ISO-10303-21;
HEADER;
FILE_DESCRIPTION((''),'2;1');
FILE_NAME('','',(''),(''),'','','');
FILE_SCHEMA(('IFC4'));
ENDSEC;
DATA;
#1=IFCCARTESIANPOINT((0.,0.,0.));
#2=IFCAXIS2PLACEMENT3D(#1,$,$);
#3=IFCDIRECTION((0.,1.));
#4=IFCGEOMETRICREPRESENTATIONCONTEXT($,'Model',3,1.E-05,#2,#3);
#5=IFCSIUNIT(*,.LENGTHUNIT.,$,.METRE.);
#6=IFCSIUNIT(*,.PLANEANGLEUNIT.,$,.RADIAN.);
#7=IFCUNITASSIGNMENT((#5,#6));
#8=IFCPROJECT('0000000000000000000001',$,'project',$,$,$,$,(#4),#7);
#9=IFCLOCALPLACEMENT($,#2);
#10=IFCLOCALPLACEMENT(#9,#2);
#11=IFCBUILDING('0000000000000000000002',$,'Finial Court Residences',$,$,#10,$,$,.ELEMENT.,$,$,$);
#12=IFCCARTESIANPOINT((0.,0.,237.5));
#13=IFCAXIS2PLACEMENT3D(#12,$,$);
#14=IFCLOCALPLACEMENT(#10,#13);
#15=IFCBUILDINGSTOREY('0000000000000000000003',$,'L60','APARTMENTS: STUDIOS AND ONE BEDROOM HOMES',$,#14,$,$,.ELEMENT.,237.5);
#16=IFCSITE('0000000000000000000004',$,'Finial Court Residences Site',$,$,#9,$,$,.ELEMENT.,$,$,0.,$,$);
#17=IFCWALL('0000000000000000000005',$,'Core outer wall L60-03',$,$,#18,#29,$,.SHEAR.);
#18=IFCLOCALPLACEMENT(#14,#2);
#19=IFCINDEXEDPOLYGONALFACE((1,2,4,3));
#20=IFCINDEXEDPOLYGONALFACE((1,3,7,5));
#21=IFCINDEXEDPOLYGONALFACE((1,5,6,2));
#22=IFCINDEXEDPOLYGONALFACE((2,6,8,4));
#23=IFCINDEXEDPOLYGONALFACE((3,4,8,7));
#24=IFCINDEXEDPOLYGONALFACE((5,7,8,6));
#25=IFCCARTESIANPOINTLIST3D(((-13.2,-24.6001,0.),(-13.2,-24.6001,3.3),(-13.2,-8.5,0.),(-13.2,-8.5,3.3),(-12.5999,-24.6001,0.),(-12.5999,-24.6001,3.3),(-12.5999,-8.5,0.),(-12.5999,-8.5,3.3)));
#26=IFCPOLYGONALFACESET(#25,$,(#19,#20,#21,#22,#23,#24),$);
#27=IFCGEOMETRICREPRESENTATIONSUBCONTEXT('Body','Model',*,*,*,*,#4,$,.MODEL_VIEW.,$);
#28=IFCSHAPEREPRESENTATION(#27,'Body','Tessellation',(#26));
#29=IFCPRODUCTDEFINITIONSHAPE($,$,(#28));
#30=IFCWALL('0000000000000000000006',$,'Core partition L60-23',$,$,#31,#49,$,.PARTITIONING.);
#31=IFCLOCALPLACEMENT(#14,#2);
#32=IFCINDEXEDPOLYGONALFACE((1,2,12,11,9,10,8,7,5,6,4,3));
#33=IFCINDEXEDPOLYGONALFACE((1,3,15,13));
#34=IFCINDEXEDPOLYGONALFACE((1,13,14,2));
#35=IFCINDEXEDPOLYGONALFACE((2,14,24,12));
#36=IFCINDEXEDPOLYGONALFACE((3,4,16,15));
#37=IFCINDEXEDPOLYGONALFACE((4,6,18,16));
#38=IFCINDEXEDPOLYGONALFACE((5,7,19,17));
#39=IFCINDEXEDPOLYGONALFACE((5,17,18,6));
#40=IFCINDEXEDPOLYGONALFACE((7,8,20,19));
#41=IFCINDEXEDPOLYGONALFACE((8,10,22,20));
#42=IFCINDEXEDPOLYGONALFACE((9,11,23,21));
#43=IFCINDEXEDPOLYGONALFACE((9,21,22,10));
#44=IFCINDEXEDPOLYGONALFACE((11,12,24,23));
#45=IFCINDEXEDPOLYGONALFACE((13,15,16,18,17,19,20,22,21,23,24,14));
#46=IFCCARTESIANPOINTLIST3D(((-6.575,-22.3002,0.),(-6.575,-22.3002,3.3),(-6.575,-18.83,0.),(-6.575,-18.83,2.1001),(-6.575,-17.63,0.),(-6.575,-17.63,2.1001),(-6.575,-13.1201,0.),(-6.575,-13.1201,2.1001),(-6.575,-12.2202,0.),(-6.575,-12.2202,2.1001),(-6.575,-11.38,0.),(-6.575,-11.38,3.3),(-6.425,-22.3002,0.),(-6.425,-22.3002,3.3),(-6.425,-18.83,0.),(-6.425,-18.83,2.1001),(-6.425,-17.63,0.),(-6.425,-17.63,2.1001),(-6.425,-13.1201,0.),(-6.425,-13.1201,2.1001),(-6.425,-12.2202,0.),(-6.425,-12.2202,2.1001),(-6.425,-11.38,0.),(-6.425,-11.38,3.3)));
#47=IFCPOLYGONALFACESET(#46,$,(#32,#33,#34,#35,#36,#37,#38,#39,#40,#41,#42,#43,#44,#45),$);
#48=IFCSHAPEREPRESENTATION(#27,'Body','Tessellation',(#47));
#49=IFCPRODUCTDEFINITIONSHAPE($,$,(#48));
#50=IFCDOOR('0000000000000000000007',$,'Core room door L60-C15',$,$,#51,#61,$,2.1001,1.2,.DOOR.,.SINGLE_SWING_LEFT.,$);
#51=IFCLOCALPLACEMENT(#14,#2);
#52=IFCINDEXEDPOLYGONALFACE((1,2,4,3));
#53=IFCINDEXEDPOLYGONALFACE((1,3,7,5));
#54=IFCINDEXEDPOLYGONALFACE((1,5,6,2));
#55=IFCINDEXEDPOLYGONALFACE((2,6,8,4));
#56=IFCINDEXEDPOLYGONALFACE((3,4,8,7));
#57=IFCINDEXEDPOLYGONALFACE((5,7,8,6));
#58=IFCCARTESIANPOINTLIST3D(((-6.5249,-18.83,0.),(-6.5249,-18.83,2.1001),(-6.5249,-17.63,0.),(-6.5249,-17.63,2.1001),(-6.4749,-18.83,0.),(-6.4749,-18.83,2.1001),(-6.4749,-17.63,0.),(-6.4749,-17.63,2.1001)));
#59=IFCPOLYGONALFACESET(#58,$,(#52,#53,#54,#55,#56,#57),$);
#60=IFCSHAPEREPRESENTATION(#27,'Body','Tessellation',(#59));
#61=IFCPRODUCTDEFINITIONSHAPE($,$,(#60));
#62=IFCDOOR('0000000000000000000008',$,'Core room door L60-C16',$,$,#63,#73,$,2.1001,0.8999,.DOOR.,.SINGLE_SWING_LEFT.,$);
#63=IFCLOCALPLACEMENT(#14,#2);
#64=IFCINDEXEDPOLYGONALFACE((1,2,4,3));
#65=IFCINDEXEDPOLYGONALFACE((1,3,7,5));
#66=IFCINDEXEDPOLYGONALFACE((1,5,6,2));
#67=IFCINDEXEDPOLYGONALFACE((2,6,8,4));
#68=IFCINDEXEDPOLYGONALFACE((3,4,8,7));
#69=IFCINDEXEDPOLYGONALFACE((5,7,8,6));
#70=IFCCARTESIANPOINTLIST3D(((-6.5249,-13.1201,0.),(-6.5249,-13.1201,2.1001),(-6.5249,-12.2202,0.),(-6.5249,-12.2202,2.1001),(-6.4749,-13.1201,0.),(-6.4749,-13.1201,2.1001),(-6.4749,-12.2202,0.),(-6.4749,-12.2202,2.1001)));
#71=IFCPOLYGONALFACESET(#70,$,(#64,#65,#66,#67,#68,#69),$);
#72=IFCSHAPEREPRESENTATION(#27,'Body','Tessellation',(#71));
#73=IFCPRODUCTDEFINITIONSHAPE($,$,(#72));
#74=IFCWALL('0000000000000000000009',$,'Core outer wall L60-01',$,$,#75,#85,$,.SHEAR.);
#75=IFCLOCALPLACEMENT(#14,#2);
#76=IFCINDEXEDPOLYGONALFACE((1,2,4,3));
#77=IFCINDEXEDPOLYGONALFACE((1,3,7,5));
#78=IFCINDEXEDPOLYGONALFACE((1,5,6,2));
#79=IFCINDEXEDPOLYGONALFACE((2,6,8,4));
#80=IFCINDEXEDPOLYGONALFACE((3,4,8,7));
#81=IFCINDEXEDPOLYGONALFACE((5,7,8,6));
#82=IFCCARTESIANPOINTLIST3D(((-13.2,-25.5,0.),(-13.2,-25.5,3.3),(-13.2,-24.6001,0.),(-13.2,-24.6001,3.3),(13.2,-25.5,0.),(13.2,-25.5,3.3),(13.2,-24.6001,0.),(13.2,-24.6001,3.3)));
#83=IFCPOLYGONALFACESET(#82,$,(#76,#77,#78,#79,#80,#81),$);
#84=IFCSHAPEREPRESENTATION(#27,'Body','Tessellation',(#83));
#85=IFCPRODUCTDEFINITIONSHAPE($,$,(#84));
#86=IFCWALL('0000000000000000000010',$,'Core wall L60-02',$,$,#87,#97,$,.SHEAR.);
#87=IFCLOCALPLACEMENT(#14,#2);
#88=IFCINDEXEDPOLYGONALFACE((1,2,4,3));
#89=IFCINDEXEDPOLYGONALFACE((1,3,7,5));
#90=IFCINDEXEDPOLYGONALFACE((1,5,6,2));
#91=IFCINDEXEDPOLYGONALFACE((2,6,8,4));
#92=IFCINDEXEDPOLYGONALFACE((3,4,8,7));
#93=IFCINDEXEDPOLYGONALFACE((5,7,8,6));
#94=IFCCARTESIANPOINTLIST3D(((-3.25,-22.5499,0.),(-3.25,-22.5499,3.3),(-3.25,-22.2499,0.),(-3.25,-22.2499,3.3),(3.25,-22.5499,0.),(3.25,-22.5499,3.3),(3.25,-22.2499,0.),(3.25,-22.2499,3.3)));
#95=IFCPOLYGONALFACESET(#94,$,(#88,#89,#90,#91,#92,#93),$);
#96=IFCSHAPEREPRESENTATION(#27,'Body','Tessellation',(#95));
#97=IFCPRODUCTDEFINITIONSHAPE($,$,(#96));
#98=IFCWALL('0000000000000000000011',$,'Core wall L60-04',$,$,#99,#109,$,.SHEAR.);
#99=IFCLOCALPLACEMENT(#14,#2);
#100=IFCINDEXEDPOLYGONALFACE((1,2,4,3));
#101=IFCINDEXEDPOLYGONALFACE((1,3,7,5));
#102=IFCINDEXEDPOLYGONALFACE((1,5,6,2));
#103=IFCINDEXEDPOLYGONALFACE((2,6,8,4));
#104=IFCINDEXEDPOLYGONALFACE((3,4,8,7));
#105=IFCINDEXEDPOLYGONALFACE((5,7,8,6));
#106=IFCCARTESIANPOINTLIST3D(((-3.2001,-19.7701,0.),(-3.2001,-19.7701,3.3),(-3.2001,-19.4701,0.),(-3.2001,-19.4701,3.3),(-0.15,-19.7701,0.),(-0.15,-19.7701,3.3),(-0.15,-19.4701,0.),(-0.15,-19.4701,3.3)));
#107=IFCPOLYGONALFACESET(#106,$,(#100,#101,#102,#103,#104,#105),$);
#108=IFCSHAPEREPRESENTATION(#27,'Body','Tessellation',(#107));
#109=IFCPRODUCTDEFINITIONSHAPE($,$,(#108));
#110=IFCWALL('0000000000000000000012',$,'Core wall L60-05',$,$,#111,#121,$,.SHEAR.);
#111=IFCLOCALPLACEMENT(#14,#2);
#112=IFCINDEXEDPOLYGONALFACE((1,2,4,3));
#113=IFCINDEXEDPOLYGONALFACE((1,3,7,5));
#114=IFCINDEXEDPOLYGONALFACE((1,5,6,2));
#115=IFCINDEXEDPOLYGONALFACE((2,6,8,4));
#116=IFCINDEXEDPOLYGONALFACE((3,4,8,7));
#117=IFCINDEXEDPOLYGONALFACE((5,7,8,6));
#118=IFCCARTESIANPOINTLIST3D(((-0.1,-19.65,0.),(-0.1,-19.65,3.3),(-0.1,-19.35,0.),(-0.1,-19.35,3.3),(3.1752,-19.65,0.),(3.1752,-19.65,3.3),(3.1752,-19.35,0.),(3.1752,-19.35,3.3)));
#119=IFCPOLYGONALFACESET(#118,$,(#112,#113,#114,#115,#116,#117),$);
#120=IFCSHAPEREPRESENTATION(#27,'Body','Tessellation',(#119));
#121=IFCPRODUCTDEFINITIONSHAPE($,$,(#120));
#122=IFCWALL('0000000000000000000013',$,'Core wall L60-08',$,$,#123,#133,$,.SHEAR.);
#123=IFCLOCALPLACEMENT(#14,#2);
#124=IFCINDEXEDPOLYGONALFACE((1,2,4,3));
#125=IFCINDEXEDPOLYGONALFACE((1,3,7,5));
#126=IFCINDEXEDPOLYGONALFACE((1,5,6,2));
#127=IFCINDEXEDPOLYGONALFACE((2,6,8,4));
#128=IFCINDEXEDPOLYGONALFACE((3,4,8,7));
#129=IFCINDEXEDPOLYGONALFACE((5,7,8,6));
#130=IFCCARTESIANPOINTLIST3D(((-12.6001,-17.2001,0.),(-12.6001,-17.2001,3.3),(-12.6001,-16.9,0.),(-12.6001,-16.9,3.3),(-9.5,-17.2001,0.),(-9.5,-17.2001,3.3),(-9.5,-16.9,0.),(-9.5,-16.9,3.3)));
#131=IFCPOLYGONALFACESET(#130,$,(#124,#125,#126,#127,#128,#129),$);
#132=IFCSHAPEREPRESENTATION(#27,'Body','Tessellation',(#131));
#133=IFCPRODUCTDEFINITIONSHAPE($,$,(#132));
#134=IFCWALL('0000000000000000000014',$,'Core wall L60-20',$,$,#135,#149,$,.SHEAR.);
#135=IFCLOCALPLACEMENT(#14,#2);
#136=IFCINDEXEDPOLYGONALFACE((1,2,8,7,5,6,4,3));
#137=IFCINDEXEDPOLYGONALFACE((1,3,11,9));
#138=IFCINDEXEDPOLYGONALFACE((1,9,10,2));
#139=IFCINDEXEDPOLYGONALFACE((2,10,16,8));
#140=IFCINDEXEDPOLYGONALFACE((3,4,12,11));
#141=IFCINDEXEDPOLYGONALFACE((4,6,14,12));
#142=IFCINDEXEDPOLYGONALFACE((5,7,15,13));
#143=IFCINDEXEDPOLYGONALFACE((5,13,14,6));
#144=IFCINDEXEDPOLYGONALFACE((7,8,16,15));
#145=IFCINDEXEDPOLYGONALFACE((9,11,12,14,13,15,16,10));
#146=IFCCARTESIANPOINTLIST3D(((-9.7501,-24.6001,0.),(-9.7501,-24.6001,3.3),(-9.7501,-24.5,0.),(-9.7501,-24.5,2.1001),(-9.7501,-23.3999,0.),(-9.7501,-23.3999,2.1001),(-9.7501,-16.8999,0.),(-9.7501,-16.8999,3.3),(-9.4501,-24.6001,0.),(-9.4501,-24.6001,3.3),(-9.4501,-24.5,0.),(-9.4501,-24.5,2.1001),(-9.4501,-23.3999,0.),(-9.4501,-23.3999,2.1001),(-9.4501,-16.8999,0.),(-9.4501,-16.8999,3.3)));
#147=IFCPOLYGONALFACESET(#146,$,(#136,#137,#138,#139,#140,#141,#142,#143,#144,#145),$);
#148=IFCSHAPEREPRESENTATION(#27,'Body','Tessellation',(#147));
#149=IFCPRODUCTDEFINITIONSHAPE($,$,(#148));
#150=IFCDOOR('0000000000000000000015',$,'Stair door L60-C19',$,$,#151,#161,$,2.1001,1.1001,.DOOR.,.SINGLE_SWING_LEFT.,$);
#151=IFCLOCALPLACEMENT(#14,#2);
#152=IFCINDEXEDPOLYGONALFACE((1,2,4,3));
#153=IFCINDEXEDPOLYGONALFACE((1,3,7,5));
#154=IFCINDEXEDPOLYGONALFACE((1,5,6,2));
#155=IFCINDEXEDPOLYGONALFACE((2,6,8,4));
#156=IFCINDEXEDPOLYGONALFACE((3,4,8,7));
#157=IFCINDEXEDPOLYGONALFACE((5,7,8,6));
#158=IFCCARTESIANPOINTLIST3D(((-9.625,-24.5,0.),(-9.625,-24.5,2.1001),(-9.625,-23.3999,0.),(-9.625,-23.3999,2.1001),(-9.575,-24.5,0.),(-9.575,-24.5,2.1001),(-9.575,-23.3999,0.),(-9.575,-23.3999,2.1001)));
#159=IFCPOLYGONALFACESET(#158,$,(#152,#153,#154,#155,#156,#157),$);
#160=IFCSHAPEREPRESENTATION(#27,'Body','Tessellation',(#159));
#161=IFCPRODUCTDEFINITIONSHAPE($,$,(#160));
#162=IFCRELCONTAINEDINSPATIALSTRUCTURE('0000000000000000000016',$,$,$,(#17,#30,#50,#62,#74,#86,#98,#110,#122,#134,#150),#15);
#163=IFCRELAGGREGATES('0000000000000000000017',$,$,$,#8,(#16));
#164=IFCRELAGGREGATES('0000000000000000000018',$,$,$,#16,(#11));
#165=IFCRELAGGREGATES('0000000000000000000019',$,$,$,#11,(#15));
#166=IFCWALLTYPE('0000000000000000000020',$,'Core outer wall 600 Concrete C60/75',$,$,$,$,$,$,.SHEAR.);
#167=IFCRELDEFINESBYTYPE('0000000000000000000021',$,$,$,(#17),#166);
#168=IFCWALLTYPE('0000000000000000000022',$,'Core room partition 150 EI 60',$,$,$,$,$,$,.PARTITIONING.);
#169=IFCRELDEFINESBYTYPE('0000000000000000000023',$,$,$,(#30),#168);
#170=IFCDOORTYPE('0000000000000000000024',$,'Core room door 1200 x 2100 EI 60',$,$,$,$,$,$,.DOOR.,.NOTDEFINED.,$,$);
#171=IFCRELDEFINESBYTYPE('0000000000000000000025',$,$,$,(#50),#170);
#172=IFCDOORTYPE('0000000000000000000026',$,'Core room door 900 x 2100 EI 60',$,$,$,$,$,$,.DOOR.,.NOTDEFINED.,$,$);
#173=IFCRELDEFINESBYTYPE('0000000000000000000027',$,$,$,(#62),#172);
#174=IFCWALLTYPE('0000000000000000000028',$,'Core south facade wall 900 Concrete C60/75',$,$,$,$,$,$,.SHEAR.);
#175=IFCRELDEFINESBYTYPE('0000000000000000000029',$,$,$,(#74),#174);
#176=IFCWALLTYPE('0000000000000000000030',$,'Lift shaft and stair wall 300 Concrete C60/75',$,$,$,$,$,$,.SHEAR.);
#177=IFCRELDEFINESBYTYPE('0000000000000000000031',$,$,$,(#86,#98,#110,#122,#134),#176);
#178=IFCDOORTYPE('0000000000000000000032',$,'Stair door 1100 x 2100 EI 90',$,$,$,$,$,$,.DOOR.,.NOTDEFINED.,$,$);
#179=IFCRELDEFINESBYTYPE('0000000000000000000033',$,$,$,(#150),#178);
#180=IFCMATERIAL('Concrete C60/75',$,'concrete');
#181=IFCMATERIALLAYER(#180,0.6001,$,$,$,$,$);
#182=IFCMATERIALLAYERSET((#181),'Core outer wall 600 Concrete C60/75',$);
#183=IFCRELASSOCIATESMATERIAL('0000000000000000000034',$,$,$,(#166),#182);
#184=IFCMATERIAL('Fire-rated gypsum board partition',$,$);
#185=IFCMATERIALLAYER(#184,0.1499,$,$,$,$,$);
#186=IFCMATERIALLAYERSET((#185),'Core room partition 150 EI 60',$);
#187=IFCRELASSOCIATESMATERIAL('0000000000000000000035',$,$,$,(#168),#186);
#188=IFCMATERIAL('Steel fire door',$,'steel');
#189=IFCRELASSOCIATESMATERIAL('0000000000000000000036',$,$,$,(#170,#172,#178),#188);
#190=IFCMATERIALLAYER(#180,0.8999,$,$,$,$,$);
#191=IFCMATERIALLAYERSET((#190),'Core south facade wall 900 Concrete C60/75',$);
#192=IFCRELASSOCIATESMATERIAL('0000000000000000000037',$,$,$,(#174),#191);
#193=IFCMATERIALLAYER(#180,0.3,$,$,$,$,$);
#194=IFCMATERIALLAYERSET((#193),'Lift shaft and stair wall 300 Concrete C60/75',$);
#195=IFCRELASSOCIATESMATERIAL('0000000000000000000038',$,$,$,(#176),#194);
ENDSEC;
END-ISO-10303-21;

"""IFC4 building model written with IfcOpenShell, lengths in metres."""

from ifc_helpers import new_model, si_unit, direction, frame, frame_2d, origin, place, context, subcontext, project, spatial, rectangle, extrude, material, layer, layer_set, type_object, element, fill, save


model = new_model("IFC4")

# Units and contexts
model_context = context("Model", 3, precision=1e-05, world=origin(), true_north=direction((0.0, 1.0)))
body_context = subcontext(model_context, "Body", "Model", "MODEL_VIEW")
ifc_project = project(units=[si_unit("LENGTHUNIT", "METRE"), si_unit("PLANEANGLEUNIT", "RADIAN")], contexts=[model_context])

# Site, building, storey
site_placement = place(None, origin())
site = spatial("IfcSite", under=ifc_project, at=site_placement, Name="Finial Court Residences Site", CompositionType="ELEMENT", RefElevation=0.0)
building_placement = place(site_placement, origin())
building = spatial("IfcBuilding", under=site, at=building_placement, Name="Finial Court Residences", CompositionType="ELEMENT")
storey_placement = place(building_placement, frame((0.0, 0.0, 237.5)))
storey = spatial("IfcBuildingStorey", under=building, at=storey_placement, Name="L60", Description="APARTMENTS: STUDIOS AND ONE BEDROOM HOMES", CompositionType="ELEMENT", Elevation=237.5)

# Wall
ifc_material_1 = material(Name="Concrete C60/75", Category="concrete")
ifc_layer_1 = layer(ifc_material_1, 0.6001)
ifc_layer_set_1 = layer_set([ifc_layer_1], Name="Core outer wall 600 Concrete C60/75")
wall_type_1 = type_object("IfcWallType", Name="Core outer wall 600 Concrete C60/75", PredefinedType="SHEAR", material=ifc_layer_set_1)
wall_1_placement = place(storey_placement, frame((-12.8999, -24.6001, 0.0), z_axis=(0.0, 0.0, 1.0), x_axis=(0.0, 1.0, 0.0)))
element("IfcWall", 1, at=wall_1_placement, inside=storey, type_object=wall_type_1, Name="Core outer wall L60-03", PredefinedType="SHEAR", context=body_context, shape_type="SweptSolid", body=[
    extrude(rectangle(XDim=16.1001, YDim=0.6001, at=frame_2d((8.05, 0.0))), origin(), (0.0, 0.0, 1.0), 3.3),
])

# Wall, openings, doors
ifc_material_2 = material(Name="Fire-rated gypsum board partition")
ifc_layer_2 = layer(ifc_material_2, 0.1499)
ifc_layer_set_2 = layer_set([ifc_layer_2], Name="Core room partition 150 EI 60")
wall_type_2 = type_object("IfcWallType", Name="Core room partition 150 EI 60", PredefinedType="PARTITIONING", material=ifc_layer_set_2)
wall_2_placement = place(storey_placement, frame((-6.5, -22.3, 0.0), z_axis=(0.0, 0.0, 1.0), x_axis=(0.0, 1.0, 0.0)))
wall_2 = element("IfcWall", 2, at=wall_2_placement, inside=storey, type_object=wall_type_2, Name="Core partition L60-23", PredefinedType="PARTITIONING", context=body_context, shape_type="SweptSolid", body=[
    extrude(rectangle(XDim=10.9202, YDim=0.1499, at=frame_2d((5.46, 0.0))), origin(), (0.0, 0.0, 1.0), 3.3),
])
opening_1_placement = place(wall_2_placement, frame((3.47, 0.0, 0.0)))
opening_1 = element("IfcOpeningElement", 3, at=opening_1_placement, cuts=wall_2, PredefinedType="OPENING", context=body_context, shape_type="SweptSolid", body=[
    extrude(rectangle(XDim=1.2, YDim=2.1001, at=frame_2d((0.6001, 1.05))), frame((0.0, 0.085, 0.0), z_axis=(0.0, -1.0, 0.0), x_axis=(1.0, 0.0, 0.0)), (0.0, 0.0, 1.0), 0.1699),
])
opening_2_placement = place(wall_2_placement, frame((9.1799, 0.0, 0.0)))
opening_2 = element("IfcOpeningElement", 4, at=opening_2_placement, cuts=wall_2, PredefinedType="OPENING", context=body_context, shape_type="SweptSolid", body=[
    extrude(rectangle(XDim=0.8999, YDim=2.1001, at=frame_2d((0.45, 1.05))), frame((0.0, 0.085, 0.0), z_axis=(0.0, -1.0, 0.0), x_axis=(1.0, 0.0, 0.0)), (0.0, 0.0, 1.0), 0.1699),
])
ifc_material_3 = material(Name="Steel fire door", Category="steel")
door_type_1 = type_object("IfcDoorType", Name="Core room door 1200 x 2100 EI 60", OperationType="NOTDEFINED", PredefinedType="DOOR", material=ifc_material_3)
door_1_placement = place(opening_1_placement, origin())
door_1 = element("IfcDoor", 5, at=door_1_placement, inside=storey, type_object=door_type_1, Name="Core room door L60-C15", OperationType="SINGLE_SWING_LEFT", OverallHeight=2.1001, OverallWidth=1.2, PredefinedType="DOOR", context=body_context, shape_type="SweptSolid", body=[
    extrude(rectangle(XDim=1.2, YDim=2.1001, at=frame_2d((0.6001, 1.05))), frame((0.0, 0.0249, 0.0), z_axis=(0.0, -1.0, 0.0), x_axis=(1.0, 0.0, 0.0)), (0.0, 0.0, 1.0), 0.05),
])
fill(opening_1, door_1)
door_type_2 = type_object("IfcDoorType", Name="Core room door 900 x 2100 EI 60", OperationType="NOTDEFINED", PredefinedType="DOOR", material=ifc_material_3)
door_2_placement = place(opening_2_placement, origin())
door_2 = element("IfcDoor", 6, at=door_2_placement, inside=storey, type_object=door_type_2, Name="Core room door L60-C16", OperationType="SINGLE_SWING_LEFT", OverallHeight=2.1001, OverallWidth=0.8999, PredefinedType="DOOR", context=body_context, shape_type="SweptSolid", body=[
    extrude(rectangle(XDim=0.8999, YDim=2.1001, at=frame_2d((0.45, 1.05))), frame((0.0, 0.0249, 0.0), z_axis=(0.0, -1.0, 0.0), x_axis=(1.0, 0.0, 0.0)), (0.0, 0.0, 1.0), 0.05),
])
fill(opening_2, door_2)

# Walls
ifc_layer_3 = layer(ifc_material_1, 0.8999)
ifc_layer_set_3 = layer_set([ifc_layer_3], Name="Core south facade wall 900 Concrete C60/75")
wall_type_3 = type_object("IfcWallType", Name="Core south facade wall 900 Concrete C60/75", PredefinedType="SHEAR", material=ifc_layer_set_3)
wall_3_placement = place(storey_placement, frame((-13.2, -25.05, 0.0), z_axis=(0.0, 0.0, 1.0), x_axis=(1.0, 0.0, 0.0)))
element("IfcWall", 7, at=wall_3_placement, inside=storey, type_object=wall_type_3, Name="Core outer wall L60-01", PredefinedType="SHEAR", context=body_context, shape_type="SweptSolid", body=[
    extrude(rectangle(XDim=26.3999, YDim=0.8999, at=frame_2d((13.2, 0.0))), origin(), (0.0, 0.0, 1.0), 3.3),
])
ifc_layer_4 = layer(ifc_material_1, 0.3)
ifc_layer_set_4 = layer_set([ifc_layer_4], Name="Lift shaft and stair wall 300 Concrete C60/75")
wall_type_4 = type_object("IfcWallType", Name="Lift shaft and stair wall 300 Concrete C60/75", PredefinedType="SHEAR", material=ifc_layer_set_4)
wall_4_placement = place(storey_placement, frame((-3.25, -22.3999, 0.0), z_axis=(0.0, 0.0, 1.0), x_axis=(1.0, 0.0, 0.0)))
element("IfcWall", 8, at=wall_4_placement, inside=storey, type_object=wall_type_4, Name="Core wall L60-02", PredefinedType="SHEAR", context=body_context, shape_type="SweptSolid", body=[
    extrude(rectangle(XDim=6.5, YDim=0.3, at=frame_2d((3.25, 0.0))), origin(), (0.0, 0.0, 1.0), 3.3),
])
wall_5_placement = place(storey_placement, frame((-3.2, -19.6201, 0.0), z_axis=(0.0, 0.0, 1.0), x_axis=(1.0, 0.0, 0.0)))
element("IfcWall", 9, at=wall_5_placement, inside=storey, type_object=wall_type_4, Name="Core wall L60-04", PredefinedType="SHEAR", context=body_context, shape_type="SweptSolid", body=[
    extrude(rectangle(XDim=3.05, YDim=0.3, at=frame_2d((1.5249, 0.0))), origin(), (0.0, 0.0, 1.0), 3.3),
])
wall_6_placement = place(storey_placement, frame((-0.1001, -19.5, 0.0), z_axis=(0.0, 0.0, 1.0), x_axis=(1.0, 0.0, 0.0)))
element("IfcWall", 10, at=wall_6_placement, inside=storey, type_object=wall_type_4, Name="Core wall L60-05", PredefinedType="SHEAR", context=body_context, shape_type="SweptSolid", body=[
    extrude(rectangle(XDim=3.2751, YDim=0.3, at=frame_2d((1.6377, 0.0))), origin(), (0.0, 0.0, 1.0), 3.3),
])
wall_7_placement = place(storey_placement, frame((-12.6001, -17.05, 0.0), z_axis=(0.0, 0.0, 1.0), x_axis=(1.0, 0.0, 0.0)))
element("IfcWall", 11, at=wall_7_placement, inside=storey, type_object=wall_type_4, Name="Core wall L60-08", PredefinedType="SHEAR", context=body_context, shape_type="SweptSolid", body=[
    extrude(rectangle(XDim=3.1001, YDim=0.3, at=frame_2d((1.55, 0.0))), origin(), (0.0, 0.0, 1.0), 3.3),
])

# Wall, opening, door
wall_8_placement = place(storey_placement, frame((-9.6001, -24.6001, 0.0), z_axis=(0.0, 0.0, 1.0), x_axis=(0.0, 1.0, 0.0)))
wall_8 = element("IfcWall", 12, at=wall_8_placement, inside=storey, type_object=wall_type_4, Name="Core wall L60-20", PredefinedType="SHEAR", context=body_context, shape_type="SweptSolid", body=[
    extrude(rectangle(XDim=7.7002, YDim=0.3, at=frame_2d((3.8501, 0.0))), origin(), (0.0, 0.0, 1.0), 3.3),
])
opening_3_placement = place(wall_8_placement, frame((0.1001, 0.0, 0.0)))
opening_3 = element("IfcOpeningElement", 13, at=opening_3_placement, cuts=wall_8, PredefinedType="OPENING", context=body_context, shape_type="SweptSolid", body=[
    extrude(rectangle(XDim=1.1001, YDim=2.1001, at=frame_2d((0.55, 1.05))), frame((0.0, 0.1599, 0.0), z_axis=(0.0, -1.0, 0.0), x_axis=(1.0, 0.0, 0.0)), (0.0, 0.0, 1.0), 0.3201),
])
door_type_3 = type_object("IfcDoorType", Name="Stair door 1100 x 2100 EI 90", OperationType="NOTDEFINED", PredefinedType="DOOR", material=ifc_material_3)
door_3_placement = place(opening_3_placement, origin())
door_3 = element("IfcDoor", 14, at=door_3_placement, inside=storey, type_object=door_type_3, Name="Stair door L60-C19", OperationType="SINGLE_SWING_LEFT", OverallHeight=2.1001, OverallWidth=1.1001, PredefinedType="DOOR", context=body_context, shape_type="SweptSolid", body=[
    extrude(rectangle(XDim=1.1001, YDim=2.1001, at=frame_2d((0.55, 1.05))), frame((0.0, 0.0249, 0.0), z_axis=(0.0, -1.0, 0.0), x_axis=(1.0, 0.0, 0.0)), (0.0, 0.0, 1.0), 0.05),
])
fill(opening_3, door_3)

save(model, "model.ifc")
